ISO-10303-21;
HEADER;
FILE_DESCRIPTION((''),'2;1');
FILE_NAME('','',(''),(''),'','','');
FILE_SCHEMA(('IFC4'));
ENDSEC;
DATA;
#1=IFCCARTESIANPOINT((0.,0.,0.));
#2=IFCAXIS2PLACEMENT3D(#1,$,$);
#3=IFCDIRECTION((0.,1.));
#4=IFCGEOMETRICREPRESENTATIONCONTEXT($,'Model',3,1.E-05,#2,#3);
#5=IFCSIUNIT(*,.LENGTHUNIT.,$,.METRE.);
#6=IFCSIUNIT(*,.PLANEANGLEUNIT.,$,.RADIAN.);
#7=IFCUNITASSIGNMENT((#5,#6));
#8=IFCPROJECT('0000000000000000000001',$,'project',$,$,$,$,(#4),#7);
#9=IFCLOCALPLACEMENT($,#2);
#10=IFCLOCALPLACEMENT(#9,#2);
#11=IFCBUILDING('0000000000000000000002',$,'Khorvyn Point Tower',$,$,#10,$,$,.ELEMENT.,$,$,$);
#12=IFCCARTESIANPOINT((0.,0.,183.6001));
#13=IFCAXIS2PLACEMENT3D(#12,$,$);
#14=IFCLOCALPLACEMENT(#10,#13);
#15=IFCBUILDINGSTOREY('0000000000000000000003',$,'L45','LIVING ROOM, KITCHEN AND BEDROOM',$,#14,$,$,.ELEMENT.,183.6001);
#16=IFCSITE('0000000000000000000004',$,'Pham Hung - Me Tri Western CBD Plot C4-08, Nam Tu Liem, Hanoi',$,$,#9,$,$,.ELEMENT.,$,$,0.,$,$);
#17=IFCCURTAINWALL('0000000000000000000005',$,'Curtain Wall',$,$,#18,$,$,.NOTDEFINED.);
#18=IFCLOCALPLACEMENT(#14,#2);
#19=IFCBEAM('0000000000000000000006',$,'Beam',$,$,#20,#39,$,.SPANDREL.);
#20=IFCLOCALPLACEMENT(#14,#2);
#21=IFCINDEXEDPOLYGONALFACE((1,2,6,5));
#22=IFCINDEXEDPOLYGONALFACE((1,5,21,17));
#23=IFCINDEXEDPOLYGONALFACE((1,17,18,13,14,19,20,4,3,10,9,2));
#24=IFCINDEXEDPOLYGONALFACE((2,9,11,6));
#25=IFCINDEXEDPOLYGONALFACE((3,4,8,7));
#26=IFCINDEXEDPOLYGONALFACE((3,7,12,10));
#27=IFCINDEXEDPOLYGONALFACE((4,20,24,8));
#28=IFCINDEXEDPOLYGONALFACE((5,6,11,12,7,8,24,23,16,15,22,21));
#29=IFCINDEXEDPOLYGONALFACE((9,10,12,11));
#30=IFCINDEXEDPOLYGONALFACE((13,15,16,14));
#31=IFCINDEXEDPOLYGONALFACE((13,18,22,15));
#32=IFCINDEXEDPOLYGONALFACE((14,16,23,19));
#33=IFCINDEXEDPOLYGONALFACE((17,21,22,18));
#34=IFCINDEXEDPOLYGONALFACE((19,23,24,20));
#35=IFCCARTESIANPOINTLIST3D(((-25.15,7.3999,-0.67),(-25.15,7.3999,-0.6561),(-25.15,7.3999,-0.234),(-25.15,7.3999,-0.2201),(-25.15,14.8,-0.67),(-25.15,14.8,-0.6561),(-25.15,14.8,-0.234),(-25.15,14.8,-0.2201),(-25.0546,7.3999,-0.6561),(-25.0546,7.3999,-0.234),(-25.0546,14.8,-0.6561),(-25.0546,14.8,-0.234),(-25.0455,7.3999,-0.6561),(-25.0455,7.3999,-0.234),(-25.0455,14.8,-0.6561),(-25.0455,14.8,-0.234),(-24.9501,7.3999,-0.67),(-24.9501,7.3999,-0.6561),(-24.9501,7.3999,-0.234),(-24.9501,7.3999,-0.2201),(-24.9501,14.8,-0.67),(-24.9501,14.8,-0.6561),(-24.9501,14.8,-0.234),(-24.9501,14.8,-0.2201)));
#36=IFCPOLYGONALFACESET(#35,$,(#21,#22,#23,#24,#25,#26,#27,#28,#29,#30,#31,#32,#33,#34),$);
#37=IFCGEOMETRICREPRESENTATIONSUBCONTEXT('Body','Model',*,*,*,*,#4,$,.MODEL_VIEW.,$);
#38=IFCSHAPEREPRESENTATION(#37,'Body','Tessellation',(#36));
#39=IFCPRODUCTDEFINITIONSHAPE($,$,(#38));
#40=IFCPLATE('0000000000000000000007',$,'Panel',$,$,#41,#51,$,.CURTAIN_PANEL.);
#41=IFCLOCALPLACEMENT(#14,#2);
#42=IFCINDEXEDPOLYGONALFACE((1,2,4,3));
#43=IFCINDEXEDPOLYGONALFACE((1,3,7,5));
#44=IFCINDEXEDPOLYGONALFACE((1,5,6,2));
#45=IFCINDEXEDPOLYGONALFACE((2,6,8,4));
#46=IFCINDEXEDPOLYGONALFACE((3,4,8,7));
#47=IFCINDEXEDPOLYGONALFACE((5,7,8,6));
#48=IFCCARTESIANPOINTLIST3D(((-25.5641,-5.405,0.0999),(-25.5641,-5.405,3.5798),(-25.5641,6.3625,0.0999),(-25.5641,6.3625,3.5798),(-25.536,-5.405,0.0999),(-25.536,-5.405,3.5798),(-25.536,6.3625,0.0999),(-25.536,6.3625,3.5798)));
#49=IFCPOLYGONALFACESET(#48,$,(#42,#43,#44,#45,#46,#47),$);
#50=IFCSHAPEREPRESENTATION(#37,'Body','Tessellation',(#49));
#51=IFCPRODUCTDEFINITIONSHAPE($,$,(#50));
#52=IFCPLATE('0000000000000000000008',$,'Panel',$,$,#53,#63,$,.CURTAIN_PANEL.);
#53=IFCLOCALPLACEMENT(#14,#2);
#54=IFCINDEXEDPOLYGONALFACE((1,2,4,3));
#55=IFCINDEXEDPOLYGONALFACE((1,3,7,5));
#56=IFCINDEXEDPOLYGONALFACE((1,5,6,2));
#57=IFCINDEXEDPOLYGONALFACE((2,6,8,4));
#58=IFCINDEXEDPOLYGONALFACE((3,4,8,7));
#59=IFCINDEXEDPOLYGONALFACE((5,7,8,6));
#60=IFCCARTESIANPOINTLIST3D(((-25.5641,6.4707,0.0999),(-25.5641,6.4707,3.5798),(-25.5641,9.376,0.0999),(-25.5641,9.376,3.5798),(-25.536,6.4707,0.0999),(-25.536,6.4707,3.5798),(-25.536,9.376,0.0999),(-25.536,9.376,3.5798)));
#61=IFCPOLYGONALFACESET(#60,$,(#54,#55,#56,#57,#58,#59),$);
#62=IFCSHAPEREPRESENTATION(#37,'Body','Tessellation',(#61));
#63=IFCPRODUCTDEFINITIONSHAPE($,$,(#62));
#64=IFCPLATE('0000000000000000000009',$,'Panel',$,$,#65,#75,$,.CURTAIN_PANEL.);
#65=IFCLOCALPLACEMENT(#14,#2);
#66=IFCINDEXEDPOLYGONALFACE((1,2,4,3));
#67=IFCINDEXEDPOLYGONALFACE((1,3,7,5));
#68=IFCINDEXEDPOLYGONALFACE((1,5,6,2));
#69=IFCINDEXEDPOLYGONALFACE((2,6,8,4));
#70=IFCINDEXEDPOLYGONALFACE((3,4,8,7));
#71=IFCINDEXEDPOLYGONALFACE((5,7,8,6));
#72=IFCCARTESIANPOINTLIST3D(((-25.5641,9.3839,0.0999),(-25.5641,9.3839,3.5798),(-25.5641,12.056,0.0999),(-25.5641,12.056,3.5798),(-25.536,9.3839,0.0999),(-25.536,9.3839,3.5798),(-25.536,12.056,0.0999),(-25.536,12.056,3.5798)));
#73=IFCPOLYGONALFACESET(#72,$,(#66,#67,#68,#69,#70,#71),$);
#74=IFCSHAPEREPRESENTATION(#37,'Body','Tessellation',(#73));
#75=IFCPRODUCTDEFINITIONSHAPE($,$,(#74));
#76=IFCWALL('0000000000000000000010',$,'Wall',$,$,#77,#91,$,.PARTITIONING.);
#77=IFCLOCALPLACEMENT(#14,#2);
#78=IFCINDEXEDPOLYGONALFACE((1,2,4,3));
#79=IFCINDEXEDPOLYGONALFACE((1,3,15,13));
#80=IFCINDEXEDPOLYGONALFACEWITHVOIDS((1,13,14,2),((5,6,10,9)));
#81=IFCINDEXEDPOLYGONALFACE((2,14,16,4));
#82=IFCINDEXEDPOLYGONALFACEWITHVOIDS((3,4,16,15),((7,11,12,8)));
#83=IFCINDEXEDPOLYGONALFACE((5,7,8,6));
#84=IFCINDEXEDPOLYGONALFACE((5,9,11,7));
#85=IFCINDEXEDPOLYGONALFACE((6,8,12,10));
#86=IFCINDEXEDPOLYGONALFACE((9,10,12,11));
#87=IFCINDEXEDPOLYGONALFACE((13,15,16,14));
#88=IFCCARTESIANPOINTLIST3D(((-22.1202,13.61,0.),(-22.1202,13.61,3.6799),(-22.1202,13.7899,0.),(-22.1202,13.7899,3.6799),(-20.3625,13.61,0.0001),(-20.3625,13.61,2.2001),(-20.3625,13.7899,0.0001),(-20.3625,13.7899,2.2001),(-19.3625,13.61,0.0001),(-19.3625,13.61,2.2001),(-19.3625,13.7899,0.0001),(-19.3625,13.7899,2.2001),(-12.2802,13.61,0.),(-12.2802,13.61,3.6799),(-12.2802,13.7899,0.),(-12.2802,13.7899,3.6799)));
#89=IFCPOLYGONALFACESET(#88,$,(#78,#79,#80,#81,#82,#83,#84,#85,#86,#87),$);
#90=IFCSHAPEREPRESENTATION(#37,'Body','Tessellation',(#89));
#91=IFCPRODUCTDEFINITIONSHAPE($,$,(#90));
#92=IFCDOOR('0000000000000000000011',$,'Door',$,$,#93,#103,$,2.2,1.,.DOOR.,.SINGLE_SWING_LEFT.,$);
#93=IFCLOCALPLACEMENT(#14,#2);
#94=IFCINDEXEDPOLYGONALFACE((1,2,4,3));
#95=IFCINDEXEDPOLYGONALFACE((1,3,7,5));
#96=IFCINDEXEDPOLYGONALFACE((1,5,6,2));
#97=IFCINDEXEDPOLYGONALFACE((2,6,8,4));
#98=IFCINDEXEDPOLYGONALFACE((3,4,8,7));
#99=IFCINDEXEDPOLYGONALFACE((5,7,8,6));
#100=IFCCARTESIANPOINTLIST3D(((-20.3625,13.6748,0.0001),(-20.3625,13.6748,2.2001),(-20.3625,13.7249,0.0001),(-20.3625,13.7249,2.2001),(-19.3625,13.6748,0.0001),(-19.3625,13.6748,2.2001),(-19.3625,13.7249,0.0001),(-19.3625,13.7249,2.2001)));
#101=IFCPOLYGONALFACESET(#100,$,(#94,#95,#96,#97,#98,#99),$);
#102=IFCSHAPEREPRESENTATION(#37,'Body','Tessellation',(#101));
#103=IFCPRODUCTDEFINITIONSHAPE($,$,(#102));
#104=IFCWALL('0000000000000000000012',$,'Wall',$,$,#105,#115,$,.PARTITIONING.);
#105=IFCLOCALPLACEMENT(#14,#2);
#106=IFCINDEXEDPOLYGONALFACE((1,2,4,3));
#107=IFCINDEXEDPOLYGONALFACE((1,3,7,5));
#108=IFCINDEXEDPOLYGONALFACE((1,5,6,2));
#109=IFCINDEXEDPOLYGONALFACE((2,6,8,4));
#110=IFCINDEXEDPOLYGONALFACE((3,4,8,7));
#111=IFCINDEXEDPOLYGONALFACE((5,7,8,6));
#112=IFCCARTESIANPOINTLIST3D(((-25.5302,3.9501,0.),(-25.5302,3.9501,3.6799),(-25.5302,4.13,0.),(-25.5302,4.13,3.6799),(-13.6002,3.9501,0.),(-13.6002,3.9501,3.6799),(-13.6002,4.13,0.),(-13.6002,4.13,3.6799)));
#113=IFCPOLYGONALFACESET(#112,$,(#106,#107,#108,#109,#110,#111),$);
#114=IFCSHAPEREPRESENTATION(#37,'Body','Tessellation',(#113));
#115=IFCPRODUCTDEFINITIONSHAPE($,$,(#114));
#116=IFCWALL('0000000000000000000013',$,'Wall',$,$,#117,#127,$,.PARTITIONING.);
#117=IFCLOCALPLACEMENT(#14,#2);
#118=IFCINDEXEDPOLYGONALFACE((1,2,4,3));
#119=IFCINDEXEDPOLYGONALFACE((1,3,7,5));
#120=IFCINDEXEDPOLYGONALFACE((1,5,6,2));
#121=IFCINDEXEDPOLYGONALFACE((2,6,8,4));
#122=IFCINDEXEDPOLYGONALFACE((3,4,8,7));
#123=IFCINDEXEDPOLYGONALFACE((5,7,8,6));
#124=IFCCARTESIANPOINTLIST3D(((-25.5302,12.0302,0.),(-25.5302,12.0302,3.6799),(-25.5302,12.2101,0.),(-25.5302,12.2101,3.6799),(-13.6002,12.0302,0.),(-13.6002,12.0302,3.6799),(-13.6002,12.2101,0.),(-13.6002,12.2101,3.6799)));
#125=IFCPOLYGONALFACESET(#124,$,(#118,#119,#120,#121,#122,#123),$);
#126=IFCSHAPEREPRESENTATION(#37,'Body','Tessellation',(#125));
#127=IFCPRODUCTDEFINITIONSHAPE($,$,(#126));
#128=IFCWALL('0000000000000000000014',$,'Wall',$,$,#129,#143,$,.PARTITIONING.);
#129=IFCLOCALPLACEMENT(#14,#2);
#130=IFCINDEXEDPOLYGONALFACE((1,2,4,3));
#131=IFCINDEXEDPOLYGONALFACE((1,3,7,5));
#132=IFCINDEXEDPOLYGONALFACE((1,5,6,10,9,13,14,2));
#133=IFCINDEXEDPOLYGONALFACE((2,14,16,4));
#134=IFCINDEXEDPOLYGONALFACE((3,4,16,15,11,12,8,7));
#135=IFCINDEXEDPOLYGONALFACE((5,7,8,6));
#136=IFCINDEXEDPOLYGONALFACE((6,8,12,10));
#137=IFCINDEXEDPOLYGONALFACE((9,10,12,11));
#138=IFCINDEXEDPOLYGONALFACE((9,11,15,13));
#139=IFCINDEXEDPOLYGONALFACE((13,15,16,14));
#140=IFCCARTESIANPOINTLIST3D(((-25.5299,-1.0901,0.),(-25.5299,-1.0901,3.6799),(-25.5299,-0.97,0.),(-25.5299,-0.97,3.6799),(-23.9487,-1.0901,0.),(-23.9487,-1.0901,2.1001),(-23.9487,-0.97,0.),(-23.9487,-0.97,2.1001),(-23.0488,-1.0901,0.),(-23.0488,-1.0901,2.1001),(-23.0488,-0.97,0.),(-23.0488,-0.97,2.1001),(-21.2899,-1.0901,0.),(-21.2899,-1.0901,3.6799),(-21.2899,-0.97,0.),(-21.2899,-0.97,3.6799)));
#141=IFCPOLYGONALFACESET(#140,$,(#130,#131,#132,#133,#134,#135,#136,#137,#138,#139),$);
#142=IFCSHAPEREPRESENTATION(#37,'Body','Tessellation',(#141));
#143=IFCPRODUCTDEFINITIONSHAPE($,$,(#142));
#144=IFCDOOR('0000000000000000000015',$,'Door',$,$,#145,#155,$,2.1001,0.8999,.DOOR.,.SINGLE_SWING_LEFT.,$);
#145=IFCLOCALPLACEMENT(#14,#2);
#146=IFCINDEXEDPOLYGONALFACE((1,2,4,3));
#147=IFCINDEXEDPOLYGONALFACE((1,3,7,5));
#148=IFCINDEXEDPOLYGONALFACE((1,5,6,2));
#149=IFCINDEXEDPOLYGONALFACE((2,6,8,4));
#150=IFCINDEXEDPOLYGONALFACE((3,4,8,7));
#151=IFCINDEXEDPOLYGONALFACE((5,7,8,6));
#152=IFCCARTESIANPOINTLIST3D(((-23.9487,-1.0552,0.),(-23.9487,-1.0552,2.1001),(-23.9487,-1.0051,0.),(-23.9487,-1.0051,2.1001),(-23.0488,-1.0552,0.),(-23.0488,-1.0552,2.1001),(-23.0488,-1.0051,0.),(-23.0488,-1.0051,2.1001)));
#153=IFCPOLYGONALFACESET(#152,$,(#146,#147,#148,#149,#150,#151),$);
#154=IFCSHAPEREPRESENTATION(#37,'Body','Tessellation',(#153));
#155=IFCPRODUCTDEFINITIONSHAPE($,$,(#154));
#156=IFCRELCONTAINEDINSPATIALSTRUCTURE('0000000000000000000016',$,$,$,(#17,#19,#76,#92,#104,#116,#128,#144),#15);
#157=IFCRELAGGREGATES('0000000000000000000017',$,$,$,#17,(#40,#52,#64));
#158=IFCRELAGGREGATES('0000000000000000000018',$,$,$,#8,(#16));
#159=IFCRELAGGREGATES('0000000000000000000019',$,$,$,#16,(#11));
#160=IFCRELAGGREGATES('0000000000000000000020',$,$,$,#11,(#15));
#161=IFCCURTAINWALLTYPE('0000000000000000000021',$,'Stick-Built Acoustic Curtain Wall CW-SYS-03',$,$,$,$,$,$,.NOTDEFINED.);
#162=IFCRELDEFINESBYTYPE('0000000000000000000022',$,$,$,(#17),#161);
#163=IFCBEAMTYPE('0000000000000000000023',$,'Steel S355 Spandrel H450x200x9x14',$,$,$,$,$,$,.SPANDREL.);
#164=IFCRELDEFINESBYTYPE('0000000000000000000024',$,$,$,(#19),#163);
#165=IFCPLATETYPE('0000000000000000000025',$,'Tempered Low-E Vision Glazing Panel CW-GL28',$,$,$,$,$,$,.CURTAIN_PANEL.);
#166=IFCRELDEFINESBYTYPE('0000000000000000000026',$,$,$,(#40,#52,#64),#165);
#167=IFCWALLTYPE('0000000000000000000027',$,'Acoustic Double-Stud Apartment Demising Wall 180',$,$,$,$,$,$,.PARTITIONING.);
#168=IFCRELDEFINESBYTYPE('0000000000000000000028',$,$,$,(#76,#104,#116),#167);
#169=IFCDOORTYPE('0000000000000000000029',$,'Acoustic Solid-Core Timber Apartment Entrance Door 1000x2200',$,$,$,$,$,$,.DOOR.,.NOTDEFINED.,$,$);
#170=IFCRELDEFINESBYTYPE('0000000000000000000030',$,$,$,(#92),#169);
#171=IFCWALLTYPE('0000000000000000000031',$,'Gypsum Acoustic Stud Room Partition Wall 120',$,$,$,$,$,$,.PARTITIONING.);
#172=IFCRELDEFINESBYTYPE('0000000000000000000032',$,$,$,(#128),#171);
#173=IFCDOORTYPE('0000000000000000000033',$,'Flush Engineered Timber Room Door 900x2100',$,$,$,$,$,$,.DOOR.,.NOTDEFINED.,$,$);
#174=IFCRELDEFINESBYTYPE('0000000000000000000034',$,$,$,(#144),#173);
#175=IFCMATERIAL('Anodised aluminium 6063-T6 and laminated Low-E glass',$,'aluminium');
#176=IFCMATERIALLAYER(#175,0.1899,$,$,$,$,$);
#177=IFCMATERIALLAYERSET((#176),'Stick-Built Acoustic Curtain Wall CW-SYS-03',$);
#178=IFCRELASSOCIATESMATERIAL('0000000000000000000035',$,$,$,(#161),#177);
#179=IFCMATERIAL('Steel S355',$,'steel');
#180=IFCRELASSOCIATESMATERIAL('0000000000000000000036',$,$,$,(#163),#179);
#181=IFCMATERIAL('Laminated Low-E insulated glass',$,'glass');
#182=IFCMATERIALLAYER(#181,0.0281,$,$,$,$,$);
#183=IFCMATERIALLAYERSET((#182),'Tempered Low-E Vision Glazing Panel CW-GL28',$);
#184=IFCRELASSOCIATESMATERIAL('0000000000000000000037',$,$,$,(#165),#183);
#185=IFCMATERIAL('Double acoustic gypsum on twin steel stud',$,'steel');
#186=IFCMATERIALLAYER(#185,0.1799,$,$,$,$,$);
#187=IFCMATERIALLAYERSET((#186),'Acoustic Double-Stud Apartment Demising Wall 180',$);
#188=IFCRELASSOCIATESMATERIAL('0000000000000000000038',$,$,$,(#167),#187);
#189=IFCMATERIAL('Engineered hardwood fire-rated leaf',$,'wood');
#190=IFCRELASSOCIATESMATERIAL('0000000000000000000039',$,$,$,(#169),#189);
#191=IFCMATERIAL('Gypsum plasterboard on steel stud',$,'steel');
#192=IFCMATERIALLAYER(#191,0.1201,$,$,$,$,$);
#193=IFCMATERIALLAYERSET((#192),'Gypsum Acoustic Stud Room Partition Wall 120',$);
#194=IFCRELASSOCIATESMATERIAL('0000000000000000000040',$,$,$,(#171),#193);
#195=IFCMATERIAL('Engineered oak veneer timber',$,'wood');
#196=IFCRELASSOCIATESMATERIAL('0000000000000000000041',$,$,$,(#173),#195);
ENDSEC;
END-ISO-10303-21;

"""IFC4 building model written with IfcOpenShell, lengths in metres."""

from ifc_helpers import new_model, si_unit, direction, frame, frame_2d, origin, origin_2d, place, context, subcontext, project, spatial, rectangle, i_section, extrude, material, layer, layer_set, material_profile, profile_set, type_object, element, fill, aggregate, save


model = new_model("IFC4")

# Units and contexts
model_context = context("Model", 3, precision=1e-05, world=origin(), true_north=direction((0.0, 1.0)))
body_context = subcontext(model_context, "Body", "Model", "MODEL_VIEW")
ifc_project = project(units=[si_unit("LENGTHUNIT", "METRE"), si_unit("PLANEANGLEUNIT", "RADIAN")], contexts=[model_context])

# Site, building, storey
site_placement = place(None, origin())
site = spatial("IfcSite", under=ifc_project, at=site_placement, Name="Pham Hung - Me Tri Western CBD Plot C4-08, Nam Tu Liem, Hanoi", CompositionType="ELEMENT", RefElevation=0.0)
building_placement = place(site_placement, origin())
building = spatial("IfcBuilding", under=site, at=building_placement, Name="Khorvyn Point Tower", CompositionType="ELEMENT")
storey_placement = place(building_placement, frame((0.0, 0.0, 183.6001)))
storey = spatial("IfcBuildingStorey", under=building, at=storey_placement, Name="L45", Description="LIVING ROOM, KITCHEN AND BEDROOM", CompositionType="ELEMENT", Elevation=183.6001)

# Curtain wall
ifc_material_1 = material(Name="Anodised aluminium 6063-T6 and laminated Low-E glass", Category="aluminium")
ifc_layer_1 = layer(ifc_material_1, 0.1899)
ifc_layer_set_1 = layer_set([ifc_layer_1], Name="Stick-Built Acoustic Curtain Wall CW-SYS-03")
curtain_wall_type = type_object("IfcCurtainWallType", Name="Stick-Built Acoustic Curtain Wall CW-SYS-03", PredefinedType="NOTDEFINED", material=ifc_layer_set_1)
curtain_wall_placement = place(storey_placement, origin())
curtain_wall = element("IfcCurtainWall", 1, at=curtain_wall_placement, inside=storey, type_object=curtain_wall_type, Name="Curtain Wall", PredefinedType="NOTDEFINED")

# Beam
ifc_material_2 = material(Name="Steel S355", Category="steel")
ifc_material_profile_1 = material_profile(ifc_material_2, i_section(OverallWidth=0.2, OverallDepth=0.45, WebThickness=0.009, FlangeThickness=0.0139, at=origin_2d()))
ifc_profile_set_1 = profile_set([ifc_material_profile_1], Name="Steel S355 H450x200x9x14")
beam_type_1 = type_object("IfcBeamType", Name="Steel S355 Spandrel H450x200x9x14", PredefinedType="SPANDREL", material=ifc_profile_set_1)
beam_1_placement = place(storey_placement, frame((-25.05, 7.3999, -0.4451), z_axis=(0.0, 1.0, 0.0), x_axis=(-1.0, 0.0, 0.0)))
element("IfcBeam", 2, at=beam_1_placement, inside=storey, type_object=beam_type_1, Name="Beam", PredefinedType="SPANDREL", context=body_context, shape_type="SweptSolid", body=[
    extrude(i_section(OverallWidth=0.2, OverallDepth=0.45, WebThickness=0.009, FlangeThickness=0.0139, at=origin_2d()), origin(), (0.0, 0.0, 1.0), 7.4001),
])

# Plates
ifc_material_3 = material(Name="Laminated Low-E insulated glass", Category="glass")
ifc_layer_2 = layer(ifc_material_3, 0.0281)
ifc_layer_set_2 = layer_set([ifc_layer_2], Name="Tempered Low-E Vision Glazing Panel CW-GL28")
plate_type = type_object("IfcPlateType", Name="Tempered Low-E Vision Glazing Panel CW-GL28", PredefinedType="CURTAIN_PANEL", material=ifc_layer_set_2)
plate_1_placement = place(storey_placement, frame((-25.55, 0.4788, 0.0999), z_axis=(0.0, 0.0, 1.0), x_axis=(0.0, 1.0, 0.0)))
plate_1 = element("IfcPlate", 3, at=plate_1_placement, type_object=plate_type, Name="Panel", PredefinedType="CURTAIN_PANEL", context=body_context, shape_type="SweptSolid", body=[
    extrude(rectangle(XDim=11.7676, YDim=0.0281, at=origin_2d()), origin(), (0.0, 0.0, 1.0), 3.48),
])
plate_2_placement = place(storey_placement, frame((-25.55, 7.9233, 0.0999), z_axis=(0.0, 0.0, 1.0), x_axis=(0.0, 1.0, 0.0)))
plate_2 = element("IfcPlate", 4, at=plate_2_placement, type_object=plate_type, Name="Panel", PredefinedType="CURTAIN_PANEL", context=body_context, shape_type="SweptSolid", body=[
    extrude(rectangle(XDim=2.9053, YDim=0.0281, at=origin_2d()), origin(), (0.0, 0.0, 1.0), 3.48),
])
plate_3_placement = place(storey_placement, frame((-25.55, 10.72, 0.0999), z_axis=(0.0, 0.0, 1.0), x_axis=(0.0, 1.0, 0.0)))
plate_3 = element("IfcPlate", 5, at=plate_3_placement, type_object=plate_type, Name="Panel", PredefinedType="CURTAIN_PANEL", context=body_context, shape_type="SweptSolid", body=[
    extrude(rectangle(XDim=2.6721, YDim=0.0281, at=origin_2d()), origin(), (0.0, 0.0, 1.0), 3.48),
])
aggregate(curtain_wall, [plate_1, plate_2, plate_3])

# Wall, opening, door
ifc_material_4 = material(Name="Double acoustic gypsum on twin steel stud", Category="steel")
ifc_layer_3 = layer(ifc_material_4, 0.1799)
ifc_layer_set_3 = layer_set([ifc_layer_3], Name="Acoustic Double-Stud Apartment Demising Wall 180")
wall_type_1 = type_object("IfcWallType", Name="Acoustic Double-Stud Apartment Demising Wall 180", PredefinedType="PARTITIONING", material=ifc_layer_set_3)
wall_1_placement = place(storey_placement, frame((-22.1201, 13.7, 0.0), z_axis=(0.0, 0.0, 1.0), x_axis=(1.0, 0.0, 0.0)))
wall_1 = element("IfcWall", 6, at=wall_1_placement, inside=storey, type_object=wall_type_1, Name="Wall", PredefinedType="PARTITIONING", context=body_context, shape_type="SweptSolid", body=[
    extrude(rectangle(XDim=9.8401, YDim=0.1799, at=frame_2d((4.9199, 0.0))), origin(), (0.0, 0.0, 1.0), 3.6799),
])
opening_1_placement = place(wall_1_placement, frame((1.7576, 0.0, 0.0)))
opening_1 = element("IfcOpeningElement", 7, at=opening_1_placement, cuts=wall_1, PredefinedType="OPENING", context=body_context, shape_type="SweptSolid", body=[
    extrude(rectangle(XDim=1.0, YDim=2.2, at=frame_2d((0.5, 1.1001))), frame((0.0, 0.0999, 0.0), z_axis=(0.0, -1.0, 0.0), x_axis=(1.0, 0.0, 0.0)), (0.0, 0.0, 1.0), 0.2),
])
ifc_material_5 = material(Name="Engineered hardwood fire-rated leaf", Category="wood")
door_type_1 = type_object("IfcDoorType", Name="Acoustic Solid-Core Timber Apartment Entrance Door 1000x2200", OperationType="NOTDEFINED", PredefinedType="DOOR", material=ifc_material_5)
door_1_placement = place(opening_1_placement, origin())
door_1 = element("IfcDoor", 8, at=door_1_placement, inside=storey, type_object=door_type_1, Name="Door", OperationType="SINGLE_SWING_LEFT", OverallHeight=2.2, OverallWidth=1.0, PredefinedType="DOOR", context=body_context, shape_type="SweptSolid", body=[
    extrude(rectangle(XDim=1.0, YDim=2.2, at=frame_2d((0.5, 1.1001))), frame((0.0, 0.0249, 0.0), z_axis=(0.0, -1.0, 0.0), x_axis=(1.0, 0.0, 0.0)), (0.0, 0.0, 1.0), 0.05),
])
fill(opening_1, door_1)

# Walls
for number, where, z_axis, x_axis, name in (
    (9, (-25.53, 4.04, 0.0), (0.0, 0.0, 1.0), (1.0, 0.0, 0.0), "Wall"),
    (10, (-25.53, 12.1201, 0.0), (0.0, 0.0, 1.0), (1.0, 0.0, 0.0), "Wall"),
):
    element("IfcWall", number, at=place(storey_placement, frame(where, z_axis=z_axis, x_axis=x_axis)), inside=storey, type_object=wall_type_1, Name=name, PredefinedType="PARTITIONING", context=body_context, shape_type="SweptSolid", body=[
        extrude(rectangle(XDim=11.9299, YDim=0.1799, at=frame_2d((5.9648, 0.0))), origin(), (0.0, 0.0, 1.0), 3.6799),
    ])

# Wall, opening, door
ifc_material_6 = material(Name="Gypsum plasterboard on steel stud", Category="steel")
ifc_layer_4 = layer(ifc_material_6, 0.1201)
ifc_layer_set_4 = layer_set([ifc_layer_4], Name="Gypsum Acoustic Stud Room Partition Wall 120")
wall_type_2 = type_object("IfcWallType", Name="Gypsum Acoustic Stud Room Partition Wall 120", PredefinedType="PARTITIONING", material=ifc_layer_set_4)
wall_2_placement = place(storey_placement, frame((-25.53, -1.03, 0.0), z_axis=(0.0, 0.0, 1.0), x_axis=(1.0, 0.0, 0.0)))
wall_2 = element("IfcWall", 11, at=wall_2_placement, inside=storey, type_object=wall_type_2, Name="Wall", PredefinedType="PARTITIONING", context=body_context, shape_type="SweptSolid", body=[
    extrude(rectangle(XDim=4.24, YDim=0.1201, at=frame_2d((2.1201, 0.0))), origin(), (0.0, 0.0, 1.0), 3.6799),
])
opening_2_placement = place(wall_2_placement, frame((1.5813, 0.0, 0.0)))
opening_2 = element("IfcOpeningElement", 12, at=opening_2_placement, cuts=wall_2, PredefinedType="OPENING", context=body_context, shape_type="SweptSolid", body=[
    extrude(rectangle(XDim=0.8999, YDim=2.1001, at=frame_2d((0.45, 1.05))), frame((0.0, 0.0701, 0.0), z_axis=(0.0, -1.0, 0.0), x_axis=(1.0, 0.0, 0.0)), (0.0, 0.0, 1.0), 0.1401),
])
ifc_material_7 = material(Name="Engineered oak veneer timber", Category="wood")
door_type_2 = type_object("IfcDoorType", Name="Flush Engineered Timber Room Door 900x2100", OperationType="NOTDEFINED", PredefinedType="DOOR", material=ifc_material_7)
door_2_placement = place(opening_2_placement, origin())
door_2 = element("IfcDoor", 13, at=door_2_placement, inside=storey, type_object=door_type_2, Name="Door", OperationType="SINGLE_SWING_LEFT", OverallHeight=2.1001, OverallWidth=0.8999, PredefinedType="DOOR", context=body_context, shape_type="SweptSolid", body=[
    extrude(rectangle(XDim=0.8999, YDim=2.1001, at=frame_2d((0.45, 1.05))), frame((0.0, 0.0249, 0.0), z_axis=(0.0, -1.0, 0.0), x_axis=(1.0, 0.0, 0.0)), (0.0, 0.0, 1.0), 0.05),
])
fill(opening_2, door_2)

save(model, "model.ifc")
